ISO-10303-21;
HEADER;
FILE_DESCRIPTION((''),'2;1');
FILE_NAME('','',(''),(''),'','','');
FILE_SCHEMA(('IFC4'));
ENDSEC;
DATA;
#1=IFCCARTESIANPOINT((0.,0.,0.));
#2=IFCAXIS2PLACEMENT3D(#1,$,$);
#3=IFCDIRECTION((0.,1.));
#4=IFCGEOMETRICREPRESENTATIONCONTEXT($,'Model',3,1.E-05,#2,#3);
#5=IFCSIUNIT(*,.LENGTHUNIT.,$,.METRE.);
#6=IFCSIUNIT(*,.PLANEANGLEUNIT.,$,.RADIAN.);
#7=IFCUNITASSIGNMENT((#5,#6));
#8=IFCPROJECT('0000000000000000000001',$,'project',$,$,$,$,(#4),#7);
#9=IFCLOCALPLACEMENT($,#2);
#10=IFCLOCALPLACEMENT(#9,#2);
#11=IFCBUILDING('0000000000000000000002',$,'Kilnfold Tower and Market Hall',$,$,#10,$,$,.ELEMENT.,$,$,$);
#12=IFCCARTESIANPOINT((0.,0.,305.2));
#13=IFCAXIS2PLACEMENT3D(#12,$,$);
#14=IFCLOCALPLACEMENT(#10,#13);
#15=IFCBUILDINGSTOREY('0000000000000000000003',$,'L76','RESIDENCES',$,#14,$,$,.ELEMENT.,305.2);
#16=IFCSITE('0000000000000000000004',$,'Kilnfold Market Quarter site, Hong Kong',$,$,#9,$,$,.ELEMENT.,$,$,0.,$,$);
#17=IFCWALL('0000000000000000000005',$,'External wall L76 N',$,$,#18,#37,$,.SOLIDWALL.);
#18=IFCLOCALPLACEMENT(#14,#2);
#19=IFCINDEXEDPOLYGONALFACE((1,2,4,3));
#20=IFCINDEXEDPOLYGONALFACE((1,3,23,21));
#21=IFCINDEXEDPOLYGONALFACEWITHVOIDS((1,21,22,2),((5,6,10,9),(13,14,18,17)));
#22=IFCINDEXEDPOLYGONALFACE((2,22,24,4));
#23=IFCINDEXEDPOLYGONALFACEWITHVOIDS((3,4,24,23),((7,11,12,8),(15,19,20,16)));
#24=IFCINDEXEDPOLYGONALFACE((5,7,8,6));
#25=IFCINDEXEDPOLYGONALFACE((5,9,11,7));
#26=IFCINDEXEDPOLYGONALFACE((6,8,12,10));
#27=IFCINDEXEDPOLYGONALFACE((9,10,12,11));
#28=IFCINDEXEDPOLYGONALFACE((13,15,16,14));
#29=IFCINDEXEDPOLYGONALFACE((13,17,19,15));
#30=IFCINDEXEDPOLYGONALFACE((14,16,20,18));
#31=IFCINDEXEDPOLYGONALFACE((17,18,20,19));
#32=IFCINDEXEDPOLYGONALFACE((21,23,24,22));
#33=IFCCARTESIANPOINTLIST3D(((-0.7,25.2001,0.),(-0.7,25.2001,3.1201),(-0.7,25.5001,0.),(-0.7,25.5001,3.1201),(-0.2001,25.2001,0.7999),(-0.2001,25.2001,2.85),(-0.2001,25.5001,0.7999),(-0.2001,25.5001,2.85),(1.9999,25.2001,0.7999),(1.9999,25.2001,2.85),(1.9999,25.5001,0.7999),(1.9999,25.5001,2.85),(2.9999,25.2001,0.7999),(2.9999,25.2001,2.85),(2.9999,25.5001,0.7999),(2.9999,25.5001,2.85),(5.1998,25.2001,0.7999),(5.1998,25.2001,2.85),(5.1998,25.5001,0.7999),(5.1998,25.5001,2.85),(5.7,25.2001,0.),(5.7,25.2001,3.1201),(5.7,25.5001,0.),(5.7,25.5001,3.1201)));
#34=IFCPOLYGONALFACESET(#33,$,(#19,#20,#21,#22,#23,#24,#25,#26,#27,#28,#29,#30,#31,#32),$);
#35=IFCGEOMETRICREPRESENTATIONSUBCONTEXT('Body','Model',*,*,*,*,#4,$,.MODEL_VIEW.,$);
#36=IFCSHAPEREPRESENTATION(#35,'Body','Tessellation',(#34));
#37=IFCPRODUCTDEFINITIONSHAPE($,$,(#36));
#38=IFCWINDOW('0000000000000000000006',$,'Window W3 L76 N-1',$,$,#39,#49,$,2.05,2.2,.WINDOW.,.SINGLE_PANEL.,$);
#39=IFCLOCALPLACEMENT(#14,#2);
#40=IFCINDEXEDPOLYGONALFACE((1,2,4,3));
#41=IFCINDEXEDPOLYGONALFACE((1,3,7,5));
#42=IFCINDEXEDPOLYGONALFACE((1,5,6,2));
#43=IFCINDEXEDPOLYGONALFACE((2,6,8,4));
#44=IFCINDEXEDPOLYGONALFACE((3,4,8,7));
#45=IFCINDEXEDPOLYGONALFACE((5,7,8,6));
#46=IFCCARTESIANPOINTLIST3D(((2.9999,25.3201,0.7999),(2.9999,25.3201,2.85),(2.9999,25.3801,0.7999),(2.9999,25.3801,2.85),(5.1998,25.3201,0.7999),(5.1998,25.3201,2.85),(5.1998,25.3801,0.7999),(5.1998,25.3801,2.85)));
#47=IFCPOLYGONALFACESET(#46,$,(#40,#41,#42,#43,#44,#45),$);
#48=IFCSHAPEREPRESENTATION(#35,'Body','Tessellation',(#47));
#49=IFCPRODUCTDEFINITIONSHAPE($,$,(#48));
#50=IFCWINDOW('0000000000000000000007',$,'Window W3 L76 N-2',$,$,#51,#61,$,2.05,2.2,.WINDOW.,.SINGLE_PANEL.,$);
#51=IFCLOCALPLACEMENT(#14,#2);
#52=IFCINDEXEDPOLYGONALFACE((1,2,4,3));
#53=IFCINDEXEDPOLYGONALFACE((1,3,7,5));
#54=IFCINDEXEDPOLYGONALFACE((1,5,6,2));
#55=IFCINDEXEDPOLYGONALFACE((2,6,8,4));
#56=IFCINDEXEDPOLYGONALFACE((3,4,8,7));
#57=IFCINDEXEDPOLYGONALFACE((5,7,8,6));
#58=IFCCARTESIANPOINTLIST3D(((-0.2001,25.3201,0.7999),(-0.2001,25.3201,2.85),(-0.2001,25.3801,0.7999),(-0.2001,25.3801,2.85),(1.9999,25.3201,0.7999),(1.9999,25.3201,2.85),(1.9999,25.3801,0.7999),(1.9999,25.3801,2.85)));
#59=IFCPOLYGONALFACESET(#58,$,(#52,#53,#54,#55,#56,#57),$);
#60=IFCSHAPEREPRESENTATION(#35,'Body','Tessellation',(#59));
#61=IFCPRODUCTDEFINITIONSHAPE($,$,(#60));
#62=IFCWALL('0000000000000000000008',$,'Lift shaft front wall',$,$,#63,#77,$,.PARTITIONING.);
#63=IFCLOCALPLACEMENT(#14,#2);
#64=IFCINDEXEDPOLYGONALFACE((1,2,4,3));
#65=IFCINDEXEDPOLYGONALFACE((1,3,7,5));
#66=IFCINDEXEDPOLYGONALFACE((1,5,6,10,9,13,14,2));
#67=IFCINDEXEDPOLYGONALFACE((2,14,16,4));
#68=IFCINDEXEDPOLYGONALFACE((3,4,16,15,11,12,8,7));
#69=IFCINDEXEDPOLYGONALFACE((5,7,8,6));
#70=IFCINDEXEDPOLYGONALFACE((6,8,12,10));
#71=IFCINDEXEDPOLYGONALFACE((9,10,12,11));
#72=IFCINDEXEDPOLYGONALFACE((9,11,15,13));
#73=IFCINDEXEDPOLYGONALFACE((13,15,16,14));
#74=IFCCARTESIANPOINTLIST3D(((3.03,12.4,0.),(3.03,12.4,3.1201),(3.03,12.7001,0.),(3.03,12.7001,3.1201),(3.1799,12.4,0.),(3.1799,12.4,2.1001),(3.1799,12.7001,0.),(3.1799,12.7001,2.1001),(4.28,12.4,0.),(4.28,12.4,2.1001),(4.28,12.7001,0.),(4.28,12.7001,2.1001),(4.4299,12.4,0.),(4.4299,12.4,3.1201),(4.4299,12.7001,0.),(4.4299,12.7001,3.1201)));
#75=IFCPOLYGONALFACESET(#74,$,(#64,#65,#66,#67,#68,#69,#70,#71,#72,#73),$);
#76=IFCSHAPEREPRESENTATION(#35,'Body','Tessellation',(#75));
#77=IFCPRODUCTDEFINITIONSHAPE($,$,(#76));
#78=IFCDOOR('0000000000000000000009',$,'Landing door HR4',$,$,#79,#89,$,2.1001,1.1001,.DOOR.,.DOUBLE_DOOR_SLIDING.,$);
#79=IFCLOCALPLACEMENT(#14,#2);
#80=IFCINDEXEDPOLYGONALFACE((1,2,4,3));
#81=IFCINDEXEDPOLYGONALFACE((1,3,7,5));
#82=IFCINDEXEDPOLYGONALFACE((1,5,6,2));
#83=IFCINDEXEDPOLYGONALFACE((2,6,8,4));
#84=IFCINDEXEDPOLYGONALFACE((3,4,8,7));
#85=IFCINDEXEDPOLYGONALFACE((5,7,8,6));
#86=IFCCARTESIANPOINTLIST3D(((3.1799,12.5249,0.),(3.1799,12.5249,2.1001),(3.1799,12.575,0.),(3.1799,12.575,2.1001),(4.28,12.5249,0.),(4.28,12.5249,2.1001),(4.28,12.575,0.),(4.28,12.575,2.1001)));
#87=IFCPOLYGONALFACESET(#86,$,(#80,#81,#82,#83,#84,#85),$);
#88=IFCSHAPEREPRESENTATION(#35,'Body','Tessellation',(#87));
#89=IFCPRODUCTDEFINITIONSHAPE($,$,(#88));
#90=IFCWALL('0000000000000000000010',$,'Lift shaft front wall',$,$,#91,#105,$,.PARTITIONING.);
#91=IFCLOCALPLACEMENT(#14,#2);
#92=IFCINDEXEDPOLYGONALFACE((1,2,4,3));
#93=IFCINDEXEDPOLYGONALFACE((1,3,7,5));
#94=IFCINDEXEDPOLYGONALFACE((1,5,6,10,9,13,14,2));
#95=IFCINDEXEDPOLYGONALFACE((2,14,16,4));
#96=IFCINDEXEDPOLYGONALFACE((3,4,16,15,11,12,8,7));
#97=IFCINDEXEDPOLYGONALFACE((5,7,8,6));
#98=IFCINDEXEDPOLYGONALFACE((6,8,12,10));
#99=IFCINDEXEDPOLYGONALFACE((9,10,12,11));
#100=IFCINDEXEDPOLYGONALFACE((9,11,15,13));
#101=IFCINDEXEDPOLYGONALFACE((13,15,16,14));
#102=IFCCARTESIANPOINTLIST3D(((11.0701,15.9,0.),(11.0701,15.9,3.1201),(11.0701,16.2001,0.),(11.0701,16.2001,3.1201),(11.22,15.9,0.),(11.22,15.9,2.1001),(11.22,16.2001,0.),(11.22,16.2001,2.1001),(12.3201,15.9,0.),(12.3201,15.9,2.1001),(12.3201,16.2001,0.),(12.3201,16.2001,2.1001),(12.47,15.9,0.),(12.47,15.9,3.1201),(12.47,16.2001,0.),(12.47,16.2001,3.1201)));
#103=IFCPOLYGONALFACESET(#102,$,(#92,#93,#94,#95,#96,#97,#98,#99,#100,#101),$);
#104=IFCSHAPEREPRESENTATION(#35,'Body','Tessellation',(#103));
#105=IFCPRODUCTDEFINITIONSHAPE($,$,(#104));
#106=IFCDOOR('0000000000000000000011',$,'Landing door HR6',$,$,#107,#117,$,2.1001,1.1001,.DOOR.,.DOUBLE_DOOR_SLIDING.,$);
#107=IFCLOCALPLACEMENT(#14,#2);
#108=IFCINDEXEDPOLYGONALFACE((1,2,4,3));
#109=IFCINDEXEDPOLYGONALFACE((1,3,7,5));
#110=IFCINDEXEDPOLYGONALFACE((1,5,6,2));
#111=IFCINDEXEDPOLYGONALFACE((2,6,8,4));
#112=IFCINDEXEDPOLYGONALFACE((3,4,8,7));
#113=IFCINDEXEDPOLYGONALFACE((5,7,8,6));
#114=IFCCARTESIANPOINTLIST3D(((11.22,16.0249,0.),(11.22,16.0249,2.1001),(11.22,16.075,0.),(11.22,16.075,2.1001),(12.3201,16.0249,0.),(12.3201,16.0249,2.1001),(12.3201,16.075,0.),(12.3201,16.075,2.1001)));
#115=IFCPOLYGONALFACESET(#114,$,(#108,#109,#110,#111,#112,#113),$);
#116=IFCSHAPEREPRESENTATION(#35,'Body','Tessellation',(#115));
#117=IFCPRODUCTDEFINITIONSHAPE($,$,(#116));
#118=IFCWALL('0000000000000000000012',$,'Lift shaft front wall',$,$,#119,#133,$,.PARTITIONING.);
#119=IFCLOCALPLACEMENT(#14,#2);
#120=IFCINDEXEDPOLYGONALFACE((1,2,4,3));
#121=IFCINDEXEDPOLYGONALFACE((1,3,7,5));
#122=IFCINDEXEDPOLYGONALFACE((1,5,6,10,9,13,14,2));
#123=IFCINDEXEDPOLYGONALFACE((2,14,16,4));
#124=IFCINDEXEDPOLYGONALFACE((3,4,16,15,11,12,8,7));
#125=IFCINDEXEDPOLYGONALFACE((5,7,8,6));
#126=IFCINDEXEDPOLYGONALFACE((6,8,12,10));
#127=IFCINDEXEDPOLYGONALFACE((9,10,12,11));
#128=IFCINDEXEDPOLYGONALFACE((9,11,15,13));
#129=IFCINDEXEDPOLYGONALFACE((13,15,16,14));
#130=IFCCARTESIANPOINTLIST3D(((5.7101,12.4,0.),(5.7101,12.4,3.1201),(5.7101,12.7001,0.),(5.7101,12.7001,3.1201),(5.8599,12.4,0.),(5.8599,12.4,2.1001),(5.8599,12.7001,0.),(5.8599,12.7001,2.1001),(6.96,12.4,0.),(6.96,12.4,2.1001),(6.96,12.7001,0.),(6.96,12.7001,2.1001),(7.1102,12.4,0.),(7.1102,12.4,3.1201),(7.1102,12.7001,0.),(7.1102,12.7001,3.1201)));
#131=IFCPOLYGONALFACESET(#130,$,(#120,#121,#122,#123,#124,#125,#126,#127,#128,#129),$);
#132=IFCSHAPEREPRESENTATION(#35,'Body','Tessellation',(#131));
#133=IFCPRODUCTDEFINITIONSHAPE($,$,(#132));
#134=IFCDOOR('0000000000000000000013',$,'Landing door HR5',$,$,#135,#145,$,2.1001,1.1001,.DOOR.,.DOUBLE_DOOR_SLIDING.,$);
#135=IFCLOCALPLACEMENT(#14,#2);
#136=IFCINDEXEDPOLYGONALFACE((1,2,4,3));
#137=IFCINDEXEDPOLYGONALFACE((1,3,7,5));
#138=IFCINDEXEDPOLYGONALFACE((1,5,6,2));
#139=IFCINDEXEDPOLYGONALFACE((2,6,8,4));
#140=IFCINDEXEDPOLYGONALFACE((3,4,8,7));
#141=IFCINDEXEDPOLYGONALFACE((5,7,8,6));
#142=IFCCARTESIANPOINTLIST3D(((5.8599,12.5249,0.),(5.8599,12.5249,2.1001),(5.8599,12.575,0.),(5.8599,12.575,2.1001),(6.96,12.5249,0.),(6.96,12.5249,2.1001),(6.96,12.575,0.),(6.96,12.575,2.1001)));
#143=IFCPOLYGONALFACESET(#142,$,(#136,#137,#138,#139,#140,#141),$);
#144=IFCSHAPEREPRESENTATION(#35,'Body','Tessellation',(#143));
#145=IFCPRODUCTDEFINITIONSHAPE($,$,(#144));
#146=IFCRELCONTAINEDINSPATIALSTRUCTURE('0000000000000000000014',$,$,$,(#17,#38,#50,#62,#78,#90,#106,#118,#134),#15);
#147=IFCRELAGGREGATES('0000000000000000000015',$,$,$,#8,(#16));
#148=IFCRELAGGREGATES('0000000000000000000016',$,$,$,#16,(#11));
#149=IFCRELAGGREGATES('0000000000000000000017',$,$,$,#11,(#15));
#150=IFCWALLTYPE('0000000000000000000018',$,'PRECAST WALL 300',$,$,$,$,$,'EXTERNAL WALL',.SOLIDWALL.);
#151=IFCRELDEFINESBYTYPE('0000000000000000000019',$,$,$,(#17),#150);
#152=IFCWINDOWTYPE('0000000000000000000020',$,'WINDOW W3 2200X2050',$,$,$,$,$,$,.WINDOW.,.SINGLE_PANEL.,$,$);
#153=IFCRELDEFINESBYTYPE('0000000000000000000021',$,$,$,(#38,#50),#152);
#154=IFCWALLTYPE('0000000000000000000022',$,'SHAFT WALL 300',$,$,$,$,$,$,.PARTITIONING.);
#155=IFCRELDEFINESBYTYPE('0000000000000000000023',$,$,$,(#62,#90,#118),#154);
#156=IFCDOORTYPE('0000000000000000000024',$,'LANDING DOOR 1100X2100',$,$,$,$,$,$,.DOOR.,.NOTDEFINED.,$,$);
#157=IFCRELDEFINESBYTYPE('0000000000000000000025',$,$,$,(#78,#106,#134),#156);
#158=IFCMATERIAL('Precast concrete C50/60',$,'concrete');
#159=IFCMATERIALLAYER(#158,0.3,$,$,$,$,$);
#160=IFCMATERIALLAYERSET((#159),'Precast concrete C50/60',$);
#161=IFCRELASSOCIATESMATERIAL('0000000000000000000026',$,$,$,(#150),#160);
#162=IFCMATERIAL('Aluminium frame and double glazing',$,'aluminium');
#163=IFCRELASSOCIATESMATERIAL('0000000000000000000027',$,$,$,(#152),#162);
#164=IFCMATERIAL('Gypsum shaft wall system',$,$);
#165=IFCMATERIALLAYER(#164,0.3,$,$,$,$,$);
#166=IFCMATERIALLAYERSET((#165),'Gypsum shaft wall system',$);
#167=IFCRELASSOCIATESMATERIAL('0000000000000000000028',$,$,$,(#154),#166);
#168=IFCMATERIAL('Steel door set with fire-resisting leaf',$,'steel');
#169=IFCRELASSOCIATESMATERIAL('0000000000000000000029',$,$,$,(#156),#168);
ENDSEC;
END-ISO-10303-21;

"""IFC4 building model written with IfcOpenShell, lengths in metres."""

from ifc_helpers import new_model, si_unit, direction, frame, frame_2d, origin, place, context, subcontext, project, spatial, rectangle, extrude, source, transform, mapped, material, layer, layer_set, type_object, element, fill, save


model = new_model("IFC4")

# Units and contexts
model_context = context("Model", 3, precision=1e-05, world=origin(), true_north=direction((0.0, 1.0)))
body_context = subcontext(model_context, "Body", "Model", "MODEL_VIEW")
ifc_project = project(units=[si_unit("LENGTHUNIT", "METRE"), si_unit("PLANEANGLEUNIT", "RADIAN")], contexts=[model_context])

# Site, building, storey
site_placement = place(None, origin())
site = spatial("IfcSite", under=ifc_project, at=site_placement, Name="Kilnfold Market Quarter site, Hong Kong", CompositionType="ELEMENT", RefElevation=0.0)
building_placement = place(site_placement, origin())
building = spatial("IfcBuilding", under=site, at=building_placement, Name="Kilnfold Tower and Market Hall", CompositionType="ELEMENT")
storey_placement = place(building_placement, frame((0.0, 0.0, 305.2)))
storey = spatial("IfcBuildingStorey", under=building, at=storey_placement, Name="L76", Description="RESIDENCES", CompositionType="ELEMENT", Elevation=305.2)

# Wall, openings, windows
ifc_material_1 = material(Name="Precast concrete C50/60", Category="concrete")
ifc_layer_1 = layer(ifc_material_1, 0.3)
ifc_layer_set_1 = layer_set([ifc_layer_1], Name="Precast concrete C50/60")
wall_type_1 = type_object("IfcWallType", Name="PRECAST WALL 300", ElementType="EXTERNAL WALL", PredefinedType="SOLIDWALL", material=ifc_layer_set_1)
shared_shape_1 = source(origin(), body_context, "Body", "SweptSolid", [
    extrude(rectangle(XDim=6.3999, YDim=0.3, at=frame_2d((3.2, 0.0))), origin(), (0.0, 0.0, 1.0), 3.1201),
])
ifc_material_2 = material(Name="Aluminium frame and double glazing", Category="aluminium")
window_type = type_object("IfcWindowType", Name="WINDOW W3 2200X2050", PartitioningType="SINGLE_PANEL", PredefinedType="WINDOW", material=ifc_material_2)
wall_1_placement = place(storey_placement, frame((5.7, 25.3501, 0.0), z_axis=(0.0, 0.0, 1.0), x_axis=(-1.0, 0.0, 0.0)))
wall_1 = element("IfcWall", 1, at=wall_1_placement, inside=storey, type_object=wall_type_1, Name="External wall L76 N", PredefinedType="SOLIDWALL", context=body_context, shape_type="MappedRepresentation", body=[
    mapped(shared_shape_1, transform((0.0, 0.0, 0.0))),
])
opening_1_placement = place(wall_1_placement, frame((0.5, 0.0, 0.8)))
opening_1 = element("IfcOpeningElement", 2, at=opening_1_placement, cuts=wall_1, PredefinedType="OPENING", context=body_context, shape_type="SweptSolid", body=[
    extrude(rectangle(XDim=2.2, YDim=2.05, at=frame_2d((1.1001, 1.0249))), frame((0.0, 0.1602, 0.0), z_axis=(0.0, -1.0, 0.0), x_axis=(1.0, 0.0, 0.0)), (0.0, 0.0, 1.0), 0.3201),
])
opening_2_placement = place(wall_1_placement, frame((3.7, 0.0, 0.8)))
opening_2 = element("IfcOpeningElement", 3, at=opening_2_placement, cuts=wall_1, PredefinedType="OPENING", context=body_context, shape_type="SweptSolid", body=[
    extrude(rectangle(XDim=2.2, YDim=2.05, at=frame_2d((1.1001, 1.0249))), frame((0.0, 0.1602, 0.0), z_axis=(0.0, -1.0, 0.0), x_axis=(1.0, 0.0, 0.0)), (0.0, 0.0, 1.0), 0.3201),
])
window_1_placement = place(opening_1_placement, origin())
window_1 = element("IfcWindow", 4, at=window_1_placement, inside=storey, type_object=window_type, Name="Window W3 L76 N-1", OverallHeight=2.05, OverallWidth=2.2, PartitioningType="SINGLE_PANEL", PredefinedType="WINDOW", context=body_context, shape_type="SweptSolid", body=[
    extrude(rectangle(XDim=2.2, YDim=2.05, at=frame_2d((1.1001, 1.0249))), frame((0.0, 0.03, 0.0), z_axis=(0.0, -1.0, 0.0), x_axis=(1.0, 0.0, 0.0)), (0.0, 0.0, 1.0), 0.0601),
])
fill(opening_1, window_1)
window_2_placement = place(opening_2_placement, origin())
window_2 = element("IfcWindow", 5, at=window_2_placement, inside=storey, type_object=window_type, Name="Window W3 L76 N-2", OverallHeight=2.05, OverallWidth=2.2, PartitioningType="SINGLE_PANEL", PredefinedType="WINDOW", context=body_context, shape_type="SweptSolid", body=[
    extrude(rectangle(XDim=2.2, YDim=2.05, at=frame_2d((1.1001, 1.0249))), frame((0.0, 0.03, 0.0), z_axis=(0.0, -1.0, 0.0), x_axis=(1.0, 0.0, 0.0)), (0.0, 0.0, 1.0), 0.0601),
])
fill(opening_2, window_2)

# Walls, openings, doors
ifc_material_3 = material(Name="Gypsum shaft wall system")
ifc_layer_2 = layer(ifc_material_3, 0.3)
ifc_layer_set_2 = layer_set([ifc_layer_2], Name="Gypsum shaft wall system")
wall_type_2 = type_object("IfcWallType", Name="SHAFT WALL 300", PredefinedType="PARTITIONING", material=ifc_layer_set_2)
shared_shape_2 = source(origin(), body_context, "Body", "SweptSolid", [
    extrude(rectangle(XDim=1.3999, YDim=0.3, at=frame_2d((0.7, 0.0))), origin(), (0.0, 0.0, 1.0), 3.1201),
])
wall_2_placement = place(storey_placement, frame((3.03, 12.55, 0.0), z_axis=(0.0, 0.0, 1.0), x_axis=(1.0, 0.0, 0.0)))
wall_2 = element("IfcWall", 6, at=wall_2_placement, inside=storey, type_object=wall_type_2, Name="Lift shaft front wall", PredefinedType="PARTITIONING", context=body_context, shape_type="MappedRepresentation", body=[
    mapped(shared_shape_2, transform((0.0, 0.0, 0.0))),
])
opening_3_placement = place(wall_2_placement, frame((0.1499, 0.0, 0.0)))
opening_3 = element("IfcOpeningElement", 7, at=opening_3_placement, cuts=wall_2, PredefinedType="OPENING", context=body_context, shape_type="SweptSolid", body=[
    extrude(rectangle(XDim=1.1001, YDim=2.1001, at=frame_2d((0.55, 1.05))), frame((0.0, 0.1602, 0.0), z_axis=(0.0, -1.0, 0.0), x_axis=(1.0, 0.0, 0.0)), (0.0, 0.0, 1.0), 0.3201),
])
ifc_material_4 = material(Name="Steel door set with fire-resisting leaf", Category="steel")
door_type_1 = type_object("IfcDoorType", Name="LANDING DOOR 1100X2100", OperationType="NOTDEFINED", PredefinedType="DOOR", material=ifc_material_4)
door_1_placement = place(opening_3_placement, origin())
door_1 = element("IfcDoor", 8, at=door_1_placement, inside=storey, type_object=door_type_1, Name="Landing door HR4", OperationType="DOUBLE_DOOR_SLIDING", OverallHeight=2.1001, OverallWidth=1.1001, PredefinedType="DOOR", context=body_context, shape_type="SweptSolid", body=[
    extrude(rectangle(XDim=1.1001, YDim=2.1001, at=frame_2d((0.55, 1.05))), frame((0.0, 0.0249, 0.0), z_axis=(0.0, -1.0, 0.0), x_axis=(1.0, 0.0, 0.0)), (0.0, 0.0, 1.0), 0.05),
])
fill(opening_3, door_1)
wall_3_placement = place(storey_placement, frame((11.0701, 16.05, 0.0), z_axis=(0.0, 0.0, 1.0), x_axis=(1.0, 0.0, 0.0)))
wall_3 = element("IfcWall", 9, at=wall_3_placement, inside=storey, type_object=wall_type_2, Name="Lift shaft front wall", PredefinedType="PARTITIONING", context=body_context, shape_type="MappedRepresentation", body=[
    mapped(shared_shape_2, transform((0.0, 0.0, 0.0))),
])
opening_4_placement = place(wall_3_placement, frame((0.1499, 0.0, 0.0)))
opening_4 = element("IfcOpeningElement", 10, at=opening_4_placement, cuts=wall_3, PredefinedType="OPENING", context=body_context, shape_type="SweptSolid", body=[
    extrude(rectangle(XDim=1.1001, YDim=2.1001, at=frame_2d((0.55, 1.05))), frame((0.0, 0.1602, 0.0), z_axis=(0.0, -1.0, 0.0), x_axis=(1.0, 0.0, 0.0)), (0.0, 0.0, 1.0), 0.3201),
])
door_2_placement = place(opening_4_placement, origin())
door_2 = element("IfcDoor", 11, at=door_2_placement, inside=storey, type_object=door_type_1, Name="Landing door HR6", OperationType="DOUBLE_DOOR_SLIDING", OverallHeight=2.1001, OverallWidth=1.1001, PredefinedType="DOOR", context=body_context, shape_type="SweptSolid", body=[
    extrude(rectangle(XDim=1.1001, YDim=2.1001, at=frame_2d((0.55, 1.05))), frame((0.0, 0.0249, 0.0), z_axis=(0.0, -1.0, 0.0), x_axis=(1.0, 0.0, 0.0)), (0.0, 0.0, 1.0), 0.05),
])
fill(opening_4, door_2)
shared_shape_3 = source(origin(), body_context, "Body", "SweptSolid", [
    extrude(rectangle(XDim=1.4001, YDim=0.3, at=frame_2d((0.7002, 0.0))), origin(), (0.0, 0.0, 1.0), 3.1201),
])
wall_4_placement = place(storey_placement, frame((5.71, 12.55, 0.0), z_axis=(0.0, 0.0, 1.0), x_axis=(1.0, 0.0, 0.0)))
wall_4 = element("IfcWall", 12, at=wall_4_placement, inside=storey, type_object=wall_type_2, Name="Lift shaft front wall", PredefinedType="PARTITIONING", context=body_context, shape_type="MappedRepresentation", body=[
    mapped(shared_shape_3, transform((0.0, 0.0, 0.0))),
])
opening_5_placement = place(wall_4_placement, frame((0.1499, 0.0, 0.0)))
opening_5 = element("IfcOpeningElement", 13, at=opening_5_placement, cuts=wall_4, PredefinedType="OPENING", context=body_context, shape_type="SweptSolid", body=[
    extrude(rectangle(XDim=1.1001, YDim=2.1001, at=frame_2d((0.55, 1.05))), frame((0.0, 0.1602, 0.0), z_axis=(0.0, -1.0, 0.0), x_axis=(1.0, 0.0, 0.0)), (0.0, 0.0, 1.0), 0.3201),
])
door_3_placement = place(opening_5_placement, origin())
door_3 = element("IfcDoor", 14, at=door_3_placement, inside=storey, type_object=door_type_1, Name="Landing door HR5", OperationType="DOUBLE_DOOR_SLIDING", OverallHeight=2.1001, OverallWidth=1.1001, PredefinedType="DOOR", context=body_context, shape_type="SweptSolid", body=[
    extrude(rectangle(XDim=1.1001, YDim=2.1001, at=frame_2d((0.55, 1.05))), frame((0.0, 0.0249, 0.0), z_axis=(0.0, -1.0, 0.0), x_axis=(1.0, 0.0, 0.0)), (0.0, 0.0, 1.0), 0.05),
])
fill(opening_5, door_3)

save(model, "model.ifc")
